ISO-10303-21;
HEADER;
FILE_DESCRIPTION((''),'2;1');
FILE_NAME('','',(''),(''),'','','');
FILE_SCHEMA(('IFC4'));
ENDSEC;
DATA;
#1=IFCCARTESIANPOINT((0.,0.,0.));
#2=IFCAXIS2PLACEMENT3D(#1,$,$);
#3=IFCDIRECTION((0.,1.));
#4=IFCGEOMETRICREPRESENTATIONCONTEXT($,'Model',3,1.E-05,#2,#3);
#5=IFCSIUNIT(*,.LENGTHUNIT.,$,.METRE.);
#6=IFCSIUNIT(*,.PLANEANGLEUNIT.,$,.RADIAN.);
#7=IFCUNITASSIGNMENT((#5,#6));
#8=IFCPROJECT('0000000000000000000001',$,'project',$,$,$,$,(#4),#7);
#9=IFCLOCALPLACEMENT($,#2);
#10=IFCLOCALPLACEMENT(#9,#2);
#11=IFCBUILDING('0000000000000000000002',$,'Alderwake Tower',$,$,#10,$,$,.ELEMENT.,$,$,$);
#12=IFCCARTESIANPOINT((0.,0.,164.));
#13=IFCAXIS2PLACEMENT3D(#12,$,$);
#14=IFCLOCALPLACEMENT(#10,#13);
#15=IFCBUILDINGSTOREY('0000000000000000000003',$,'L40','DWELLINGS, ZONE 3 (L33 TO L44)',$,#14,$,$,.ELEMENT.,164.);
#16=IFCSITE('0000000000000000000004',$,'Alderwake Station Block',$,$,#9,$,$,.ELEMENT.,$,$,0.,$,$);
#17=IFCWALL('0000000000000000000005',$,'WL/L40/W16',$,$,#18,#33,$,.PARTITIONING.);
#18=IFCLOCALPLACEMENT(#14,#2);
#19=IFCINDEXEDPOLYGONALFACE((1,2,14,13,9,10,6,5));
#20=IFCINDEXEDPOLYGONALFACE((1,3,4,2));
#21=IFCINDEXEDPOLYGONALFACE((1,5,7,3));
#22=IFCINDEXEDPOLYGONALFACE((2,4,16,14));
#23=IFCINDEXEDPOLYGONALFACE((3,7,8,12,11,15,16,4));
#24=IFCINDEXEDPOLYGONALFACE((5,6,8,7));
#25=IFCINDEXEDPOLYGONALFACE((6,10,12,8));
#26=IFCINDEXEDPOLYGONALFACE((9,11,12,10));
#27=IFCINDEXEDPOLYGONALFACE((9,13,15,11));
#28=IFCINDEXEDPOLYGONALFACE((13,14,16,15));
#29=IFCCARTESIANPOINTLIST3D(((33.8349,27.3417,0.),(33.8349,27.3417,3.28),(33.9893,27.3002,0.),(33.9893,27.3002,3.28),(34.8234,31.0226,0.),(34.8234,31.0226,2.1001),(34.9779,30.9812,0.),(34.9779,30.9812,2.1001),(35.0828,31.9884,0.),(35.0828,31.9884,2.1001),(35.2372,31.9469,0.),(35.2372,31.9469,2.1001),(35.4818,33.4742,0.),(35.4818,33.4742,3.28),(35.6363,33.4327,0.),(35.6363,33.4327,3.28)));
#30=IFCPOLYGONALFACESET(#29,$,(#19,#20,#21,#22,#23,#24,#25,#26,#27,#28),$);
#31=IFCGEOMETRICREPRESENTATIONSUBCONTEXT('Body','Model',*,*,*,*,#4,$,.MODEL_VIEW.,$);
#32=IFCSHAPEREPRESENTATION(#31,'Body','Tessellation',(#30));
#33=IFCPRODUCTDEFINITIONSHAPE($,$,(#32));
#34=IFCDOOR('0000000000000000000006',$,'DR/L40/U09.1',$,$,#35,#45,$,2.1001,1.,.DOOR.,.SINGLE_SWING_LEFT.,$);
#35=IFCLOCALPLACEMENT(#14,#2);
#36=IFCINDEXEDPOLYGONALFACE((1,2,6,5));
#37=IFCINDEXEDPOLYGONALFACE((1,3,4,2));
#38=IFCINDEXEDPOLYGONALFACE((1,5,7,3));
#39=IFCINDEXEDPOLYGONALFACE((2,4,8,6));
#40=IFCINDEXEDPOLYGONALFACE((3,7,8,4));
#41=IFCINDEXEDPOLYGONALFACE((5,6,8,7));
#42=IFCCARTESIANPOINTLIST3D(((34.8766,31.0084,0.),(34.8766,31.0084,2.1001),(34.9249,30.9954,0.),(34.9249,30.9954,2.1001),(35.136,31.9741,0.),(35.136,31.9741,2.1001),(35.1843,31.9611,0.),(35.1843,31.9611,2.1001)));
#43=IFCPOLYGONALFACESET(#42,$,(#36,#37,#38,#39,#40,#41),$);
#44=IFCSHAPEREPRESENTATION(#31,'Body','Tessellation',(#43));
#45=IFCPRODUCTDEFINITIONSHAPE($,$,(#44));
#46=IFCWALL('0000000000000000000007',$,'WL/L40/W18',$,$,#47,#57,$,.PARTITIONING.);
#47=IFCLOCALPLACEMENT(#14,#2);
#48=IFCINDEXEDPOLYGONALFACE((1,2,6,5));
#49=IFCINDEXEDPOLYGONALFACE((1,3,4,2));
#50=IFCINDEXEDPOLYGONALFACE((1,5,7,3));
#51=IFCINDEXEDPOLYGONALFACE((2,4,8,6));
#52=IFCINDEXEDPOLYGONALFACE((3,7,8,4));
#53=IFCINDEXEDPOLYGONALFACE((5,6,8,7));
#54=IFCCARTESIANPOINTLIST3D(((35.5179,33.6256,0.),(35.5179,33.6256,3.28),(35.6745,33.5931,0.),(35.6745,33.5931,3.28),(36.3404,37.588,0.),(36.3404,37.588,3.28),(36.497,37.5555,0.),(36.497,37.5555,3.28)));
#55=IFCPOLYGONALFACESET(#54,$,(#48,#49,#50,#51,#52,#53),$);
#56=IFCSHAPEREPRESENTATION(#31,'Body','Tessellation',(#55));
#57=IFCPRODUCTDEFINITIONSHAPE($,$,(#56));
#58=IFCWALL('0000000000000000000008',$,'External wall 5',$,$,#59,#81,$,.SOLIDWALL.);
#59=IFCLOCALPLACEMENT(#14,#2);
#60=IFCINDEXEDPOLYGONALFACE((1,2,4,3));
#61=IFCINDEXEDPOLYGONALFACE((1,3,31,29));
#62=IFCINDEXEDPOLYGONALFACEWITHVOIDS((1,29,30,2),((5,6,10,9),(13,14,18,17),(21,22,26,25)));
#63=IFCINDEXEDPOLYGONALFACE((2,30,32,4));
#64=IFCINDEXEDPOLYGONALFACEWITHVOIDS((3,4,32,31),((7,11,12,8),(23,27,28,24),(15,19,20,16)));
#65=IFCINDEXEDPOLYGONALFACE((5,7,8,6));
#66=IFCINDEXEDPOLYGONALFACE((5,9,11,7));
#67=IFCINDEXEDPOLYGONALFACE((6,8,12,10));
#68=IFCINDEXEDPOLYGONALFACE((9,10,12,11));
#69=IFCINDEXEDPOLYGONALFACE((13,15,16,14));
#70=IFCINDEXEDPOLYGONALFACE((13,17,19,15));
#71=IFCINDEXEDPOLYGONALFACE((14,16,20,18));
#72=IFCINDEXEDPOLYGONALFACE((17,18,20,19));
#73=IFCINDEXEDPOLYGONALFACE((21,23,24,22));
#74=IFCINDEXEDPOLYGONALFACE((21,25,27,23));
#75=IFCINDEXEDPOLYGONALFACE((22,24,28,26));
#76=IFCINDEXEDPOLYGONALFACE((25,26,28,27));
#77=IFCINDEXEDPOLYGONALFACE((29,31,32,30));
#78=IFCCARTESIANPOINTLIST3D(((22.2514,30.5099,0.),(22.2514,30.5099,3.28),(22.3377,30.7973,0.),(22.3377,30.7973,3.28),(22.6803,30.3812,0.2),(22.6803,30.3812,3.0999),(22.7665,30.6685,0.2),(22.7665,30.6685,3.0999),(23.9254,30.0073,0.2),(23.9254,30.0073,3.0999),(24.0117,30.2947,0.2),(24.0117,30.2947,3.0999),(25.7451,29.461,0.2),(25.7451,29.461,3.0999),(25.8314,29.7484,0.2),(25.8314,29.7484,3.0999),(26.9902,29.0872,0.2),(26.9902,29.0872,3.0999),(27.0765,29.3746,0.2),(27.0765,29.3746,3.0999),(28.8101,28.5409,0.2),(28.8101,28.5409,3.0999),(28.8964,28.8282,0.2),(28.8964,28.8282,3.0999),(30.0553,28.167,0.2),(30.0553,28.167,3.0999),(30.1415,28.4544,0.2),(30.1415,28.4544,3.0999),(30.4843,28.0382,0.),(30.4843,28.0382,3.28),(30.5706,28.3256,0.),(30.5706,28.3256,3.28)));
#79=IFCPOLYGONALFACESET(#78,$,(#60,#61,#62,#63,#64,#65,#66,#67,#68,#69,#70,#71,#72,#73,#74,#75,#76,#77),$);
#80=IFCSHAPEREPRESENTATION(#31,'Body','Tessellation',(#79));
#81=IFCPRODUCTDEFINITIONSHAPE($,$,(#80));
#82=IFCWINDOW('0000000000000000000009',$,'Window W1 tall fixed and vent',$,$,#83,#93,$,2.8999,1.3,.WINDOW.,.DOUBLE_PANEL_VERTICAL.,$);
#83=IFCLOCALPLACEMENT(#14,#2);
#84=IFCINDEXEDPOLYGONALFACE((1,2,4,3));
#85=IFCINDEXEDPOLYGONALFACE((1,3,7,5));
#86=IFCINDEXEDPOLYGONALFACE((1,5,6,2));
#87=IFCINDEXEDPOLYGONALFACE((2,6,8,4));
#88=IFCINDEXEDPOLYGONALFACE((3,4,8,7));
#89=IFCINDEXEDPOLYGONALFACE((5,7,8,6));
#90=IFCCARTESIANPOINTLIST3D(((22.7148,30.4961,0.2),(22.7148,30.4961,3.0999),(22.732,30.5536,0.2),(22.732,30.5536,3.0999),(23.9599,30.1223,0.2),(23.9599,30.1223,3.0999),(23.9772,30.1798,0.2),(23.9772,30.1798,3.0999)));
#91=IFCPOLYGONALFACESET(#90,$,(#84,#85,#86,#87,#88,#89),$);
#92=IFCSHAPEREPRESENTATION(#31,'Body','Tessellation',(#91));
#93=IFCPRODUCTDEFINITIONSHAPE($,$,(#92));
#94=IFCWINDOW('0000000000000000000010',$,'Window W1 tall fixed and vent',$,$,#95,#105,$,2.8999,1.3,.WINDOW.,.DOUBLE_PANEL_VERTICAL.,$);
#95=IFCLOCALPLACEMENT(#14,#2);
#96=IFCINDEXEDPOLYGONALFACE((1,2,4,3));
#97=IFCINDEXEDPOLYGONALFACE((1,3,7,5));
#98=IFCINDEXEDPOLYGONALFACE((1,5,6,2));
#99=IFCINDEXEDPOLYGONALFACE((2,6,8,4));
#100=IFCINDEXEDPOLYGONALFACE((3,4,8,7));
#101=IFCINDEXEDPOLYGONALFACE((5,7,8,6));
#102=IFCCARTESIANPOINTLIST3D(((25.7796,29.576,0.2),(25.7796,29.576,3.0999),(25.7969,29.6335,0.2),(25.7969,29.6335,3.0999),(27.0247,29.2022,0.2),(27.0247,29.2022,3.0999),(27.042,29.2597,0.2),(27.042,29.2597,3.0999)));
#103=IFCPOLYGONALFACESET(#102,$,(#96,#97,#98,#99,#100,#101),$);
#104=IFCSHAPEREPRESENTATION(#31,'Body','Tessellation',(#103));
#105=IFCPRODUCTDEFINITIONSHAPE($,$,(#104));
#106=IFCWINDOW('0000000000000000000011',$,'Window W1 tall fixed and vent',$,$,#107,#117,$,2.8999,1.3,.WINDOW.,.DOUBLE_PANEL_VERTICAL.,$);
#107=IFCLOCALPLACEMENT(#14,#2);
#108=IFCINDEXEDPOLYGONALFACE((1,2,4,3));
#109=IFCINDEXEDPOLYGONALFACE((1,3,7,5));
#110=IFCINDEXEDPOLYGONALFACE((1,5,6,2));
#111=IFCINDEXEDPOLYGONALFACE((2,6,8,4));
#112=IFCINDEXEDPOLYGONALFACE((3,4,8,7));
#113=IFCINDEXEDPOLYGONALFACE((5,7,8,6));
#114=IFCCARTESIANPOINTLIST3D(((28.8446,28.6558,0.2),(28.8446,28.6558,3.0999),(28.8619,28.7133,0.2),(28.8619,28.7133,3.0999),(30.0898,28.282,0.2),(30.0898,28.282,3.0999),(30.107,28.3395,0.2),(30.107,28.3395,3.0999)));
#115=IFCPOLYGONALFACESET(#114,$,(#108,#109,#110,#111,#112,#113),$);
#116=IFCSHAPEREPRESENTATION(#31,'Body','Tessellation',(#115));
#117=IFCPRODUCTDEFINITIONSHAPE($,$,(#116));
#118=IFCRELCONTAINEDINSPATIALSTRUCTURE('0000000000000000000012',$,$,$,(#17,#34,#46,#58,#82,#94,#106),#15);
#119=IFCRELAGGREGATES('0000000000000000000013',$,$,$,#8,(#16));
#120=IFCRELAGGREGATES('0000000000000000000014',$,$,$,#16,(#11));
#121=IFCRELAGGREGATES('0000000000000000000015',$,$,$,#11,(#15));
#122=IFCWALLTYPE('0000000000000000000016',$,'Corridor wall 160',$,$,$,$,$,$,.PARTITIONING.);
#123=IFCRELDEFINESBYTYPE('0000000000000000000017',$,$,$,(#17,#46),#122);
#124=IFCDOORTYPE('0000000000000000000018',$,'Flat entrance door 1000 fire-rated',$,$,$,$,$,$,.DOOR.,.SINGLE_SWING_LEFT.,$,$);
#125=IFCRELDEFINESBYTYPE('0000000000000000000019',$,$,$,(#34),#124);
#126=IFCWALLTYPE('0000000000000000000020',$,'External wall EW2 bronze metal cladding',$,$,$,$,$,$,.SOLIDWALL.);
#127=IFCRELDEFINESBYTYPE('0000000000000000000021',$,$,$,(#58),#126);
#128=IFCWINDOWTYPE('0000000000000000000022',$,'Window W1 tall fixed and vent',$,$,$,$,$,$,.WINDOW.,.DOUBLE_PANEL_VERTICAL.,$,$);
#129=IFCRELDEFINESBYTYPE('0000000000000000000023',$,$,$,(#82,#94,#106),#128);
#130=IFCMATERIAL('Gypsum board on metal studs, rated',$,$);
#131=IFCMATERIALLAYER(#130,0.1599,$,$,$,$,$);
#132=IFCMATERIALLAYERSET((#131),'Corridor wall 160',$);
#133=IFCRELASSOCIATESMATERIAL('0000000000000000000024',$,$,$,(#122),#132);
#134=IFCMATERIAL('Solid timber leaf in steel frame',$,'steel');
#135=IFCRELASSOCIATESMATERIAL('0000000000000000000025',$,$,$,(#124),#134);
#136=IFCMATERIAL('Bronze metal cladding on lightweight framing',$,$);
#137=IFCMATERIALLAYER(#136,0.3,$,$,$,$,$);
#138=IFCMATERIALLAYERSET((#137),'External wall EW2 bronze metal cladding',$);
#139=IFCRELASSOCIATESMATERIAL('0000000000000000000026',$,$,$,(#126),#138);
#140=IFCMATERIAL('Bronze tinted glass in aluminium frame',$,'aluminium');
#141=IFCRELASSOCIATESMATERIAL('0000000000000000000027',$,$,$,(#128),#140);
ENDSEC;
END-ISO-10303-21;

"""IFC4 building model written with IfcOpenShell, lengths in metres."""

from ifc_helpers import new_model, si_unit, direction, frame, frame_2d, origin, place, context, subcontext, project, spatial, rectangle, extrude, material, layer, layer_set, type_object, element, fill, save


model = new_model("IFC4")

# Units and contexts
model_context = context("Model", 3, precision=1e-05, world=origin(), true_north=direction((0.0, 1.0)))
body_context = subcontext(model_context, "Body", "Model", "MODEL_VIEW")
ifc_project = project(units=[si_unit("LENGTHUNIT", "METRE"), si_unit("PLANEANGLEUNIT", "RADIAN")], contexts=[model_context])

# Site, building, storey
site_placement = place(None, origin())
site = spatial("IfcSite", under=ifc_project, at=site_placement, Name="Alderwake Station Block", CompositionType="ELEMENT", RefElevation=0.0)
building_placement = place(site_placement, origin())
building = spatial("IfcBuilding", under=site, at=building_placement, Name="Alderwake Tower", CompositionType="ELEMENT")
storey_placement = place(building_placement, frame((0.0, 0.0, 164.0)))
storey = spatial("IfcBuildingStorey", under=building, at=storey_placement, Name="L40", Description="DWELLINGS, ZONE 3 (L33 TO L44)", CompositionType="ELEMENT", Elevation=164.0)

# Shared definitions
ifc_material_1 = material(Name="Gypsum board on metal studs, rated")
ifc_layer_1 = layer(ifc_material_1, 0.1599)
ifc_layer_set_1 = layer_set([ifc_layer_1], Name="Corridor wall 160")
wall_type_1 = type_object("IfcWallType", Name="Corridor wall 160", PredefinedType="PARTITIONING", material=ifc_layer_set_1)

# Wall, opening, door
wall_1_placement = place(storey_placement, frame((33.9121, 27.321, 0.0), z_axis=(0.0, 0.0, 1.0), x_axis=(0.259371, 0.965778, 0.0)))
wall_1 = element("IfcWall", 1, at=wall_1_placement, inside=storey, type_object=wall_type_1, Name="WL/L40/W16", PredefinedType="PARTITIONING", context=body_context, shape_type="SweptSolid", body=[
    extrude(rectangle(XDim=6.3499, YDim=0.1599, at=frame_2d((3.1748, 0.0))), origin(), (0.0, 0.0, 1.0), 3.28),
])
opening_1_placement = place(wall_1_placement, frame((3.8113, 0.0, 0.0)))
opening_1 = element("IfcOpeningElement", 2, at=opening_1_placement, cuts=wall_1, PredefinedType="OPENING", context=body_context, shape_type="SweptSolid", body=[
    extrude(rectangle(XDim=1.0, YDim=2.1001, at=frame_2d((0.5, 1.05))), frame((0.0, 0.0898, 0.0), z_axis=(0.0, -1.0, 0.0), x_axis=(1.0, 0.0, 0.0)), (0.0, 0.0, 1.0), 0.1799),
])
ifc_material_2 = material(Name="Solid timber leaf in steel frame", Category="steel")
door_type_1 = type_object("IfcDoorType", Name="Flat entrance door 1000 fire-rated", OperationType="SINGLE_SWING_LEFT", PredefinedType="DOOR", material=ifc_material_2)
door_1_placement = place(opening_1_placement, origin())
door_1 = element("IfcDoor", 3, at=door_1_placement, inside=storey, type_object=door_type_1, Name="DR/L40/U09.1", OperationType="SINGLE_SWING_LEFT", OverallHeight=2.1001, OverallWidth=1.0, PredefinedType="DOOR", context=body_context, shape_type="SweptSolid", body=[
    extrude(rectangle(XDim=1.0, YDim=2.1001, at=frame_2d((0.5, 1.05))), frame((0.0, 0.0249, 0.0), z_axis=(0.0, -1.0, 0.0), x_axis=(1.0, 0.0, 0.0)), (0.0, 0.0, 1.0), 0.05),
])
fill(opening_1, door_1)

# Wall
wall_2_placement = place(storey_placement, frame((36.4187, 37.5718, 0.0), z_axis=(0.0, 0.0, 1.0), x_axis=(-0.203246, -0.979128, 0.0)))
element("IfcWall", 4, at=wall_2_placement, inside=storey, type_object=wall_type_1, Name="WL/L40/W18", PredefinedType="PARTITIONING", context=body_context, shape_type="SweptSolid", body=[
    extrude(rectangle(XDim=4.0469, YDim=0.1599, at=frame_2d((2.0234, 0.0))), origin(), (0.0, 0.0, 1.0), 3.28),
])

# Wall, openings, windows
ifc_material_3 = material(Name="Bronze metal cladding on lightweight framing")
ifc_layer_2 = layer(ifc_material_3, 0.3)
ifc_layer_set_2 = layer_set([ifc_layer_2], Name="External wall EW2 bronze metal cladding")
wall_type_2 = type_object("IfcWallType", Name="External wall EW2 bronze metal cladding", PredefinedType="SOLIDWALL", material=ifc_layer_set_2)
wall_3_placement = place(storey_placement, frame((22.2947, 30.6536, 0.0), z_axis=(0.0, 0.0, 1.0), x_axis=(0.957768, -0.287541, 0.0)))
wall_3 = element("IfcWall", 5, at=wall_3_placement, inside=storey, type_object=wall_type_2, Name="External wall 5", PredefinedType="SOLIDWALL", context=body_context, shape_type="SweptSolid", body=[
    extrude(rectangle(XDim=8.5959, YDim=0.3, at=frame_2d((4.2979, 0.0))), origin(), (0.0, 0.0, 1.0), 3.28),
])
opening_2_placement = place(wall_3_placement, frame((0.4478, 0.0, 0.2)))
opening_2 = element("IfcOpeningElement", 6, at=opening_2_placement, cuts=wall_3, PredefinedType="OPENING", context=body_context, shape_type="SweptSolid", body=[
    extrude(rectangle(XDim=1.3, YDim=2.8999, at=frame_2d((0.6499, 1.45))), frame((0.0, 0.1599, 0.0), z_axis=(0.0, -1.0, 0.0), x_axis=(1.0, 0.0, 0.0)), (0.0, 0.0, 1.0), 0.3201),
])
opening_3_placement = place(wall_3_placement, frame((3.6477, 0.0, 0.2)))
opening_3 = element("IfcOpeningElement", 7, at=opening_3_placement, cuts=wall_3, PredefinedType="OPENING", context=body_context, shape_type="SweptSolid", body=[
    extrude(rectangle(XDim=1.3, YDim=2.8999, at=frame_2d((0.6499, 1.45))), frame((0.0, 0.1599, 0.0), z_axis=(0.0, -1.0, 0.0), x_axis=(1.0, 0.0, 0.0)), (0.0, 0.0, 1.0), 0.3201),
])
opening_4_placement = place(wall_3_placement, frame((6.8479, 0.0, 0.2)))
opening_4 = element("IfcOpeningElement", 8, at=opening_4_placement, cuts=wall_3, PredefinedType="OPENING", context=body_context, shape_type="SweptSolid", body=[
    extrude(rectangle(XDim=1.3, YDim=2.8999, at=frame_2d((0.6499, 1.45))), frame((0.0, 0.1599, 0.0), z_axis=(0.0, -1.0, 0.0), x_axis=(1.0, 0.0, 0.0)), (0.0, 0.0, 1.0), 0.3201),
])
ifc_material_4 = material(Name="Bronze tinted glass in aluminium frame", Category="aluminium")
window_type_1 = type_object("IfcWindowType", Name="Window W1 tall fixed and vent", PartitioningType="DOUBLE_PANEL_VERTICAL", PredefinedType="WINDOW", material=ifc_material_4)
window_1_placement = place(opening_2_placement, origin())
window_1 = element("IfcWindow", 9, at=window_1_placement, inside=storey, type_object=window_type_1, Name="Window W1 tall fixed and vent", OverallHeight=2.8999, OverallWidth=1.3, PartitioningType="DOUBLE_PANEL_VERTICAL", PredefinedType="WINDOW", context=body_context, shape_type="SweptSolid", body=[
    extrude(rectangle(XDim=1.3, YDim=2.8999, at=frame_2d((0.6499, 1.45))), frame((0.0, 0.03, 0.0), z_axis=(0.0, -1.0, 0.0), x_axis=(1.0, 0.0, 0.0)), (0.0, 0.0, 1.0), 0.0601),
])
fill(opening_2, window_1)
window_2_placement = place(opening_3_placement, origin())
window_2 = element("IfcWindow", 10, at=window_2_placement, inside=storey, type_object=window_type_1, Name="Window W1 tall fixed and vent", OverallHeight=2.8999, OverallWidth=1.3, PartitioningType="DOUBLE_PANEL_VERTICAL", PredefinedType="WINDOW", context=body_context, shape_type="SweptSolid", body=[
    extrude(rectangle(XDim=1.3, YDim=2.8999, at=frame_2d((0.6499, 1.45))), frame((0.0, 0.03, 0.0), z_axis=(0.0, -1.0, 0.0), x_axis=(1.0, 0.0, 0.0)), (0.0, 0.0, 1.0), 0.0601),
])
fill(opening_3, window_2)
window_3_placement = place(opening_4_placement, origin())
window_3 = element("IfcWindow", 11, at=window_3_placement, inside=storey, type_object=window_type_1, Name="Window W1 tall fixed and vent", OverallHeight=2.8999, OverallWidth=1.3, PartitioningType="DOUBLE_PANEL_VERTICAL", PredefinedType="WINDOW", context=body_context, shape_type="SweptSolid", body=[
    extrude(rectangle(XDim=1.3, YDim=2.8999, at=frame_2d((0.6499, 1.45))), frame((0.0, 0.03, 0.0), z_axis=(0.0, -1.0, 0.0), x_axis=(1.0, 0.0, 0.0)), (0.0, 0.0, 1.0), 0.0601),
])
fill(opening_4, window_3)

save(model, "model.ifc")
